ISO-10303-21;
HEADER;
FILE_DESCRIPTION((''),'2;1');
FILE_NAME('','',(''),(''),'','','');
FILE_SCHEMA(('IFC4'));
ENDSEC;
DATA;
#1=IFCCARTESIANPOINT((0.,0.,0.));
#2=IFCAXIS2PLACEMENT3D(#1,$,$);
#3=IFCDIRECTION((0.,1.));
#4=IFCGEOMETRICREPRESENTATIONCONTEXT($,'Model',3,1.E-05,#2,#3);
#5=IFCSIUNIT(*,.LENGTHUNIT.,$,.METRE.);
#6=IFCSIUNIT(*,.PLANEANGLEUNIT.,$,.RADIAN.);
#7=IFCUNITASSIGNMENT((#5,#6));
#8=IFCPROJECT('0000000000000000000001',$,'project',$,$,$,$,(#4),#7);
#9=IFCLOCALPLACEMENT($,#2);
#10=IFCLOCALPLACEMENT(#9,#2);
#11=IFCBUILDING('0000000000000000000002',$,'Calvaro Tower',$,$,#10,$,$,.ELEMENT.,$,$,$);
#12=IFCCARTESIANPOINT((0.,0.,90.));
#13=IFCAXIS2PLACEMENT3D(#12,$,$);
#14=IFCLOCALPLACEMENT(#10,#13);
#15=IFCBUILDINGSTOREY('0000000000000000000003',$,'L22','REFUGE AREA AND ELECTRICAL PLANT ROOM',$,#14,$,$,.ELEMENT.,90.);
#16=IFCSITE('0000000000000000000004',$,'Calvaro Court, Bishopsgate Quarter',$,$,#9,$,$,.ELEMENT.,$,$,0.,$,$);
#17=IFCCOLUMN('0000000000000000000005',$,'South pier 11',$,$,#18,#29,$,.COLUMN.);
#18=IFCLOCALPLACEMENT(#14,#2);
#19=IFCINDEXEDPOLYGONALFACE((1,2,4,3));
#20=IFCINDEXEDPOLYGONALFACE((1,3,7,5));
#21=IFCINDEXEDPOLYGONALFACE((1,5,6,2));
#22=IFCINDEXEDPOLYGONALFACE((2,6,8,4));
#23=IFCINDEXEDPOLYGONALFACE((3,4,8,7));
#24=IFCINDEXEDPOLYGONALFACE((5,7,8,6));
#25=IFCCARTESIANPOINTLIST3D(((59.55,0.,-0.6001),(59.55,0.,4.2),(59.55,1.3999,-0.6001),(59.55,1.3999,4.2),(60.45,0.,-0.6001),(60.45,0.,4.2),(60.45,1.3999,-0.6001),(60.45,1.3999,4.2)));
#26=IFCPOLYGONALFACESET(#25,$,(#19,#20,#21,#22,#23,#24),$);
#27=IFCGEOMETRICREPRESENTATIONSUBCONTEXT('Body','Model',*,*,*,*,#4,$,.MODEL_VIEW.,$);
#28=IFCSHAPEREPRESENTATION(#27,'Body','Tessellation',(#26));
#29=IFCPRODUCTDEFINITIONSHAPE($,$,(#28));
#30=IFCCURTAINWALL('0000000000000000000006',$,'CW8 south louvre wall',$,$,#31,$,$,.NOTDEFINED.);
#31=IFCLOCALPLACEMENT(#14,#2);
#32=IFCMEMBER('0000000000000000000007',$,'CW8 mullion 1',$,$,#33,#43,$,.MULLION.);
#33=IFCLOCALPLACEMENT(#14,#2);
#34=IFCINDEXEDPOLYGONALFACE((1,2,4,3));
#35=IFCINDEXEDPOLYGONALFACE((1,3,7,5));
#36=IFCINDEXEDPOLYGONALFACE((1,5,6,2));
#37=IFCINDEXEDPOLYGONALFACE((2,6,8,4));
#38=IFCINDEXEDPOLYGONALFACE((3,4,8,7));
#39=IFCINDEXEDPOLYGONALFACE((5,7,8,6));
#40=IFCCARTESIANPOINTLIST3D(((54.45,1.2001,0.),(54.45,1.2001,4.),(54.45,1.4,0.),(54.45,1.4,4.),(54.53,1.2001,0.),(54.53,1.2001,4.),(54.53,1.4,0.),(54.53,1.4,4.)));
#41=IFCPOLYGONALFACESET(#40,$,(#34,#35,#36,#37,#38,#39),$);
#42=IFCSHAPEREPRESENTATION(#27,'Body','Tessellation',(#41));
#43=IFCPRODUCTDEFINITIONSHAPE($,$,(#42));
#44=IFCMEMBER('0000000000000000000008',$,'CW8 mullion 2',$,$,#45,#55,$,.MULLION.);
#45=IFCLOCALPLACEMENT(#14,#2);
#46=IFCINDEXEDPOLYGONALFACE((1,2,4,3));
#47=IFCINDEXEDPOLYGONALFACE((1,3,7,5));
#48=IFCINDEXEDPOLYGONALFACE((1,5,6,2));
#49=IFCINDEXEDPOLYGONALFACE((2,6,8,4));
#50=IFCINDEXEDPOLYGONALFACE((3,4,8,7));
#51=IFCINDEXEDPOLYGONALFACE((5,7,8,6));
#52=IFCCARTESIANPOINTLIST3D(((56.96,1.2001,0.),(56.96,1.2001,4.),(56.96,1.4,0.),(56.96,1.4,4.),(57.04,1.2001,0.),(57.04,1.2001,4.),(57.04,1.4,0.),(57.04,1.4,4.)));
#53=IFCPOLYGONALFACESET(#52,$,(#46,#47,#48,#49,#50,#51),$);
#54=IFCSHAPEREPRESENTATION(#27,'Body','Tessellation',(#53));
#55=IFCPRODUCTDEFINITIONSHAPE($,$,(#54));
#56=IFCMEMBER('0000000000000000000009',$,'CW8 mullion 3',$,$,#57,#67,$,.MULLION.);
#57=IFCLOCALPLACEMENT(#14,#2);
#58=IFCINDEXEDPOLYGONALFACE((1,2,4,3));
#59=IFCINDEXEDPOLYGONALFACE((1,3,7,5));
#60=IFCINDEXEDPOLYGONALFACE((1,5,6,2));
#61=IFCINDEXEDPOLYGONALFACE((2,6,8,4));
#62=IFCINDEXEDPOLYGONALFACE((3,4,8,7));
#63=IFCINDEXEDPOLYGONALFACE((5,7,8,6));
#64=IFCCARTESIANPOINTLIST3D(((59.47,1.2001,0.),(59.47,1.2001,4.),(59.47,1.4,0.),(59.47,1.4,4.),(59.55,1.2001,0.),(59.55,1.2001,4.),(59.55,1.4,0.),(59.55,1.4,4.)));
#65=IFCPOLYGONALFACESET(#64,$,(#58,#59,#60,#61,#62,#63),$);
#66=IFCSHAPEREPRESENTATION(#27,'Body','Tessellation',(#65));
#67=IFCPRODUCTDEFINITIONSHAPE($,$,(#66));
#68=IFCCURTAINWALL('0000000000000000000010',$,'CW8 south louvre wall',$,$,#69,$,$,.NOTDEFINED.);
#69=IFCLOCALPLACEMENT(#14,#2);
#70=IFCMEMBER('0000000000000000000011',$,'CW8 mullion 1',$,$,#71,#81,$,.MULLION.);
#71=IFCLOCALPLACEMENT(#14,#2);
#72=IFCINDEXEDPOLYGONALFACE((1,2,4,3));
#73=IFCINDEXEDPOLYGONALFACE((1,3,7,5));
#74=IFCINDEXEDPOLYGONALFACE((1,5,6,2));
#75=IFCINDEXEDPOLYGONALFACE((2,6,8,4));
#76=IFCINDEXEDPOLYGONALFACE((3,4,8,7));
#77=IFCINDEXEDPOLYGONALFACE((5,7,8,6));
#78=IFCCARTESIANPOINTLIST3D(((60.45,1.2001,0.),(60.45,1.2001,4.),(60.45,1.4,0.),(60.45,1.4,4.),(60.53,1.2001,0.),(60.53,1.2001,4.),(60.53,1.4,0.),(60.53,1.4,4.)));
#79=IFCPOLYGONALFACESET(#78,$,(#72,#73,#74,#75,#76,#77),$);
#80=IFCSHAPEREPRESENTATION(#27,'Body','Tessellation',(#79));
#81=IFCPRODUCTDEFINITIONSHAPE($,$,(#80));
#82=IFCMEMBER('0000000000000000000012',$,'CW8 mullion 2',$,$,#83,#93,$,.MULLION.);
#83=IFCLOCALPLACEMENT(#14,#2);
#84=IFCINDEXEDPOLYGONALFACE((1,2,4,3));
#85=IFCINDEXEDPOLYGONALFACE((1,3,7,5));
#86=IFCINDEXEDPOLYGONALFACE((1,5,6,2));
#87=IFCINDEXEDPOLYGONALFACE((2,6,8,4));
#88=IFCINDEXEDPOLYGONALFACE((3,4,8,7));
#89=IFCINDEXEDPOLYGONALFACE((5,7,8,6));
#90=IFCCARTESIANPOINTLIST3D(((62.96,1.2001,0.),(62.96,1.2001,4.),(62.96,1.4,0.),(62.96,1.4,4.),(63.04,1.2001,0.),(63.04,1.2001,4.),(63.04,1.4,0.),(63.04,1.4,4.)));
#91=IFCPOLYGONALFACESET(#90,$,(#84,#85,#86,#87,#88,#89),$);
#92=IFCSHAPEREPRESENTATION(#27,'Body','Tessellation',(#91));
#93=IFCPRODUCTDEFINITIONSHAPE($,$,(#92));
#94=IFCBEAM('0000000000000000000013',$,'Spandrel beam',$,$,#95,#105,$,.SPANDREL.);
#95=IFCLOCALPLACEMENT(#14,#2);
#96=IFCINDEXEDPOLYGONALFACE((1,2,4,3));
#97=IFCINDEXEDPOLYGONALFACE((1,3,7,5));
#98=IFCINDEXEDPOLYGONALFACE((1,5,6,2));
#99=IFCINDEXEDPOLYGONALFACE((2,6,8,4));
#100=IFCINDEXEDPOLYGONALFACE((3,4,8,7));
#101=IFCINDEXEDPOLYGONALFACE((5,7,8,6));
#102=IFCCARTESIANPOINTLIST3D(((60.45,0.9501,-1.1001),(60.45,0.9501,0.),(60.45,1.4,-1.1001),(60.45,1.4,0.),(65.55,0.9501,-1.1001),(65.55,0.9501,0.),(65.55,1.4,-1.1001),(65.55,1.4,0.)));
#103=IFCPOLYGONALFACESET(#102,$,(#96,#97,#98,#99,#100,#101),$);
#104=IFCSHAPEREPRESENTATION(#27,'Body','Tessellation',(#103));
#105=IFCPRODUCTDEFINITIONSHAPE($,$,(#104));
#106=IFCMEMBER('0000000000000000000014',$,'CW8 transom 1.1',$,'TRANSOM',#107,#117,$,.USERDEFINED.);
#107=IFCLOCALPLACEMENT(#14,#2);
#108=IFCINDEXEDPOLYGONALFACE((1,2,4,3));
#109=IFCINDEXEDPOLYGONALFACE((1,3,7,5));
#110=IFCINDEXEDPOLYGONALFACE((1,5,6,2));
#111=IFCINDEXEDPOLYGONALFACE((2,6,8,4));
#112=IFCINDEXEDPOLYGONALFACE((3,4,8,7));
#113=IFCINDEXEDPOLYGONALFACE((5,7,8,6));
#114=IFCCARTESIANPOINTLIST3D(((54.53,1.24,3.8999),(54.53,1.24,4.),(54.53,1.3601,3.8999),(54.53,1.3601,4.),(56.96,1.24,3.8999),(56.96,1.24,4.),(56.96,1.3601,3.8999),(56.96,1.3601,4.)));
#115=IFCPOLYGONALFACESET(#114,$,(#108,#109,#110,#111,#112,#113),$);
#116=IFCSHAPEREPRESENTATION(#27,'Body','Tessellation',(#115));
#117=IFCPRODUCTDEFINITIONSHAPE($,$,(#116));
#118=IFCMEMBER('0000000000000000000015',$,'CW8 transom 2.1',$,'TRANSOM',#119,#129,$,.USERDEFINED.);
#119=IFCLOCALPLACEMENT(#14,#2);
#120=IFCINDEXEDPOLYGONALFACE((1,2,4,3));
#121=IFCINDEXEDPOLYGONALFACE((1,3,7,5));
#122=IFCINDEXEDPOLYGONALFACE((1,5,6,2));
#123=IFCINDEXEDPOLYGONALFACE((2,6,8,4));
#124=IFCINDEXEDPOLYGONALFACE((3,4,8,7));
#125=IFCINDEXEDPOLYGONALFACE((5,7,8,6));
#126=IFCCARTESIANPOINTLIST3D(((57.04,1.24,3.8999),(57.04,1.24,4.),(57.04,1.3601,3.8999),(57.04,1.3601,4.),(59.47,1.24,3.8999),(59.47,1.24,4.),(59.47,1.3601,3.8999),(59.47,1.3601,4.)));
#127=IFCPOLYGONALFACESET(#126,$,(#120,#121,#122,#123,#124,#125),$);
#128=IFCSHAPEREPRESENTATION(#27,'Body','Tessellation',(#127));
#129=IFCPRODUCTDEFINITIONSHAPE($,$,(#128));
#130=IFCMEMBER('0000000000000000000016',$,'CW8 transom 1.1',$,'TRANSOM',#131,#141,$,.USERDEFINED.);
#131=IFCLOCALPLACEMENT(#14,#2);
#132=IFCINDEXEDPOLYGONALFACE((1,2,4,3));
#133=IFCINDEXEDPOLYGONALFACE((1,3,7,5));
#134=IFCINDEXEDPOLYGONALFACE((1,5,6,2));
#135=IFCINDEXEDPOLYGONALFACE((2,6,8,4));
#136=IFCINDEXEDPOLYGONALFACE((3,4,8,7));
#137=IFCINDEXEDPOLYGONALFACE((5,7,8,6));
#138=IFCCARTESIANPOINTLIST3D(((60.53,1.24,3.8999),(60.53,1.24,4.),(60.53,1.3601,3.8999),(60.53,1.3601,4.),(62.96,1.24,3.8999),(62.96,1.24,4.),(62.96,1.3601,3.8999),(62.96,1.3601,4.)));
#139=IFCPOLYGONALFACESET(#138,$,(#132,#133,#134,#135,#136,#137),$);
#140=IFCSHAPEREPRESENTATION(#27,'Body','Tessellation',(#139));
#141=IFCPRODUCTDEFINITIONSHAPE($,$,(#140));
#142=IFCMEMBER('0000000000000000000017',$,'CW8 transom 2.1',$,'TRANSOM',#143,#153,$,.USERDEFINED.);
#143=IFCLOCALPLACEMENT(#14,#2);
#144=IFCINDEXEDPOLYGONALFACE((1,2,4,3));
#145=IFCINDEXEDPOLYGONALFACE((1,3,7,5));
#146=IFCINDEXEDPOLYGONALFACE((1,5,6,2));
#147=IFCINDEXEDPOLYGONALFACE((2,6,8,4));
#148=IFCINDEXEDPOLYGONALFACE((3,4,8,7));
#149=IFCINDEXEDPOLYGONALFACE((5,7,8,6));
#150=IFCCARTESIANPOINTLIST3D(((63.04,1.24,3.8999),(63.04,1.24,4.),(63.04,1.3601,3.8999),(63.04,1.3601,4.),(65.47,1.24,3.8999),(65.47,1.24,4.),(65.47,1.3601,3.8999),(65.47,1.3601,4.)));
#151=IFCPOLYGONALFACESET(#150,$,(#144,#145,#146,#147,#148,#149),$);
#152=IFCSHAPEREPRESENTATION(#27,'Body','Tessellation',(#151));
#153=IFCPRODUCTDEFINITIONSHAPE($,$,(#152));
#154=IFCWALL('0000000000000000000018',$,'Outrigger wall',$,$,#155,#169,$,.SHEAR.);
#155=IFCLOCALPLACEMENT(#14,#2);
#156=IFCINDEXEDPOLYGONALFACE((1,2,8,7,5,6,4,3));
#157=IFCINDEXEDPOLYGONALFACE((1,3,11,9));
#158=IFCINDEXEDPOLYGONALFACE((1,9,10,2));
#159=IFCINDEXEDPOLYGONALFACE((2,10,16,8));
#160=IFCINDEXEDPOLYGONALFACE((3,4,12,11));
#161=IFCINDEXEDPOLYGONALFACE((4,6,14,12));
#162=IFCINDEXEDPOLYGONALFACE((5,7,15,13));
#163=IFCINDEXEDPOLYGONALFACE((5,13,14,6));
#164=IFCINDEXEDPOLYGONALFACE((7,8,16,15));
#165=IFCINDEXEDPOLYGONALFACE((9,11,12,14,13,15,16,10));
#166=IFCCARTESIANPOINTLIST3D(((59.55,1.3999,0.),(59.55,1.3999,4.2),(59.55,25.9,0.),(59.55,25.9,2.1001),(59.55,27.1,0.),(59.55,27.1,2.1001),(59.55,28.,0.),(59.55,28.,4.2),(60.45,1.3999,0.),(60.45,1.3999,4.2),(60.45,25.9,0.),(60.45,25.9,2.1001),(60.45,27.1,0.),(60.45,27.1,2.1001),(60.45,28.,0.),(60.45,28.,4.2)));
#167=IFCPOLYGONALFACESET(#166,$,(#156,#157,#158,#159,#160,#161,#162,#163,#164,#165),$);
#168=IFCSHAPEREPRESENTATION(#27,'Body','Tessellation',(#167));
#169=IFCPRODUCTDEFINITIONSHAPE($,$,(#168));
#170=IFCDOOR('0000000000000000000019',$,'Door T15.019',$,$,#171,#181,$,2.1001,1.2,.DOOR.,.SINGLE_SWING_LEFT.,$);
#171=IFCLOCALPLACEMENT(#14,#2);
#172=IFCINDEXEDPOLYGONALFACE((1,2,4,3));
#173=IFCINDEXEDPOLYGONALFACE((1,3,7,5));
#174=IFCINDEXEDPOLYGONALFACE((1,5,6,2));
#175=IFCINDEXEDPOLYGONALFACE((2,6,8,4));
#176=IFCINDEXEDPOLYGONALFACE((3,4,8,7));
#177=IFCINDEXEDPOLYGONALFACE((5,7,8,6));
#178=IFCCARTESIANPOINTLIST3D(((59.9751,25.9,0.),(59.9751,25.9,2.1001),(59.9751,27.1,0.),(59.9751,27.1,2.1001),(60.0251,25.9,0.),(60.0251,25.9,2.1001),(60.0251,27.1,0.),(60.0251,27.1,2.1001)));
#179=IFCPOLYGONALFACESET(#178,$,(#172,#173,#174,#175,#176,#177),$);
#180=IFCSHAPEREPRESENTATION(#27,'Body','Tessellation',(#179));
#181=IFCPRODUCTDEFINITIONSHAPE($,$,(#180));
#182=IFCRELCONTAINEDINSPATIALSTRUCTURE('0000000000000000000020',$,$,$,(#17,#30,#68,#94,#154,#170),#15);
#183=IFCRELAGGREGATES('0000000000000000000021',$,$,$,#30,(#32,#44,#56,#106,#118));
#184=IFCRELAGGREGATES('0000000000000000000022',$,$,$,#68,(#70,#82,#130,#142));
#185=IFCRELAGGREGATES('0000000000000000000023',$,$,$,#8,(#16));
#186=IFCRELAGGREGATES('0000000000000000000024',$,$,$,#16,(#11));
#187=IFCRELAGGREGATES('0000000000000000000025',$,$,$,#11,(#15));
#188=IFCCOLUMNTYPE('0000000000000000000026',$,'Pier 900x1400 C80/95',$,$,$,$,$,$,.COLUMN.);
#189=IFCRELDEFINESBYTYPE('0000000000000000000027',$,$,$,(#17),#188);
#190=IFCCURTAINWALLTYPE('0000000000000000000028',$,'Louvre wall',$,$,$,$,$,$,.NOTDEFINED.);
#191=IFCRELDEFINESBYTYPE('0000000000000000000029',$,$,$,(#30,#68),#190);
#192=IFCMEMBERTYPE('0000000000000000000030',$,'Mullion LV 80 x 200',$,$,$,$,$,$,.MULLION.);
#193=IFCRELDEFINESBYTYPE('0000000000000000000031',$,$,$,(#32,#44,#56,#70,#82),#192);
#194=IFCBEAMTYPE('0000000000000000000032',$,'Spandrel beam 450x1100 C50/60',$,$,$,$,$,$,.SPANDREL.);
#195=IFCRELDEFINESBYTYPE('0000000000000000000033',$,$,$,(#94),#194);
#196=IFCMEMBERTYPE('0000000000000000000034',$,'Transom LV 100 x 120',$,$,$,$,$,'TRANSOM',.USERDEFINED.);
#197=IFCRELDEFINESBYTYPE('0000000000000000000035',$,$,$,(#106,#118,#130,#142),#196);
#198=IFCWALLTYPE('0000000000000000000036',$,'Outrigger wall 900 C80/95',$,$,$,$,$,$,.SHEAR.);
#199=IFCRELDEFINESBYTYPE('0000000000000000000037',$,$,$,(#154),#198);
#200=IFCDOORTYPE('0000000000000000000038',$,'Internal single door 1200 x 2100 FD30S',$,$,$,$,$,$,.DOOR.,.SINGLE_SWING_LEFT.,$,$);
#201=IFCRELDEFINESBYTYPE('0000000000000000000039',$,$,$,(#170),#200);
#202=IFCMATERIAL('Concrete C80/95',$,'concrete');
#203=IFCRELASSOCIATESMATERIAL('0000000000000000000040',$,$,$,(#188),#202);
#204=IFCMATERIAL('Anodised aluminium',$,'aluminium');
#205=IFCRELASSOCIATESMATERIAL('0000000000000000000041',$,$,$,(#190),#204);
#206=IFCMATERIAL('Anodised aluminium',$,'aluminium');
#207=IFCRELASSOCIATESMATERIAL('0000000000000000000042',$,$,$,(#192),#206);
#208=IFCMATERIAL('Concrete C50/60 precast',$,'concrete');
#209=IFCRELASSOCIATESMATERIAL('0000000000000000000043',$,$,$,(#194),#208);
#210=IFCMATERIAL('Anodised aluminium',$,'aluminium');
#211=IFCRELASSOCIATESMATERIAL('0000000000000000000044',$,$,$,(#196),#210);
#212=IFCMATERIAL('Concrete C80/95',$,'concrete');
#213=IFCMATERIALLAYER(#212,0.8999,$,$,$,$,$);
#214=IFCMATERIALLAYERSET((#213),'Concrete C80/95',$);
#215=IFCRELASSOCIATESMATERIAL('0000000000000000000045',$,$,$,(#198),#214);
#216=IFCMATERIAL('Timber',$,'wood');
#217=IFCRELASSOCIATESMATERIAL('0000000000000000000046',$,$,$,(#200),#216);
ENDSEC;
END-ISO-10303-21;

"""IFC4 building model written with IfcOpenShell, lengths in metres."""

from ifc_helpers import new_model, si_unit, direction, frame, frame_2d, origin, origin_2d, place, context, subcontext, project, spatial, rectangle, extrude, material, layer, layer_set, material_profile, profile_set, type_object, element, fill, aggregate, save


model = new_model("IFC4")

# Units and contexts
model_context = context("Model", 3, precision=1e-05, world=origin(), true_north=direction((0.0, 1.0)))
body_context = subcontext(model_context, "Body", "Model", "MODEL_VIEW")
ifc_project = project(units=[si_unit("LENGTHUNIT", "METRE"), si_unit("PLANEANGLEUNIT", "RADIAN")], contexts=[model_context])

# Site, building, storey
site_placement = place(None, origin())
site = spatial("IfcSite", under=ifc_project, at=site_placement, Name="Calvaro Court, Bishopsgate Quarter", CompositionType="ELEMENT", RefElevation=0.0)
building_placement = place(site_placement, origin())
building = spatial("IfcBuilding", under=site, at=building_placement, Name="Calvaro Tower", CompositionType="ELEMENT")
storey_placement = place(building_placement, frame((0.0, 0.0, 90.0)))
storey = spatial("IfcBuildingStorey", under=building, at=storey_placement, Name="L22", Description="REFUGE AREA AND ELECTRICAL PLANT ROOM", CompositionType="ELEMENT", Elevation=90.0)

# Column
ifc_material_1 = material(Name="Concrete C80/95", Category="concrete")
ifc_material_profile_1 = material_profile(ifc_material_1, rectangle(XDim=0.8999, YDim=1.3999, at=origin_2d()), Name="RC 900x1400")
ifc_profile_set_1 = profile_set([ifc_material_profile_1], Name="Concrete C80/95")
column_type = type_object("IfcColumnType", Name="Pier 900x1400 C80/95", PredefinedType="COLUMN", material=ifc_profile_set_1)
column_placement = place(storey_placement, frame((60.0, 0.7, -0.6001), z_axis=(0.0, 0.0, 1.0), x_axis=(1.0, 0.0, 0.0)))
element("IfcColumn", 1, at=column_placement, inside=storey, type_object=column_type, Name="South pier 11", PredefinedType="COLUMN", context=body_context, shape_type="SweptSolid", body=[
    extrude(rectangle(XDim=0.8999, YDim=1.3999, at=origin_2d()), origin(), (0.0, 0.0, 1.0), 4.8),
])

# Curtain walls, members
ifc_material_2 = material(Name="Anodised aluminium", Category="aluminium")
curtain_wall_type = type_object("IfcCurtainWallType", Name="Louvre wall", PredefinedType="NOTDEFINED", material=ifc_material_2)
curtain_wall_1_placement = place(storey_placement, origin())
curtain_wall_1 = element("IfcCurtainWall", 2, at=curtain_wall_1_placement, inside=storey, type_object=curtain_wall_type, Name="CW8 south louvre wall", PredefinedType="NOTDEFINED")
ifc_material_3 = material(Name="Anodised aluminium", Category="aluminium")
ifc_material_profile_2 = material_profile(ifc_material_3, rectangle(XDim=0.2, YDim=0.0801, at=origin_2d()), Name="Mullion LV 80 x 200")
ifc_profile_set_2 = profile_set([ifc_material_profile_2], Name="Anodised aluminium")
member_type_1 = type_object("IfcMemberType", Name="Mullion LV 80 x 200", PredefinedType="MULLION", material=ifc_profile_set_2)
member_1_placement = place(storey_placement, frame((54.49, 1.3, 0.0), z_axis=(0.0, 0.0, 1.0), x_axis=(0.0, 1.0, 0.0)))
member_1 = element("IfcMember", 3, at=member_1_placement, type_object=member_type_1, Name="CW8 mullion 1", PredefinedType="MULLION", context=body_context, shape_type="SweptSolid", body=[
    extrude(rectangle(XDim=0.2, YDim=0.0801, at=origin_2d()), origin(), (0.0, 0.0, 1.0), 4.0),
])
member_2_placement = place(storey_placement, frame((57.0, 1.3, 0.0), z_axis=(0.0, 0.0, 1.0), x_axis=(0.0, 1.0, 0.0)))
member_2 = element("IfcMember", 4, at=member_2_placement, type_object=member_type_1, Name="CW8 mullion 2", PredefinedType="MULLION", context=body_context, shape_type="SweptSolid", body=[
    extrude(rectangle(XDim=0.2, YDim=0.0801, at=origin_2d()), origin(), (0.0, 0.0, 1.0), 4.0),
])
member_3_placement = place(storey_placement, frame((59.51, 1.3, 0.0), z_axis=(0.0, 0.0, 1.0), x_axis=(0.0, 1.0, 0.0)))
member_3 = element("IfcMember", 5, at=member_3_placement, type_object=member_type_1, Name="CW8 mullion 3", PredefinedType="MULLION", context=body_context, shape_type="SweptSolid", body=[
    extrude(rectangle(XDim=0.2, YDim=0.0801, at=origin_2d()), origin(), (0.0, 0.0, 1.0), 4.0),
])
curtain_wall_2_placement = place(storey_placement, origin())
curtain_wall_2 = element("IfcCurtainWall", 6, at=curtain_wall_2_placement, inside=storey, type_object=curtain_wall_type, Name="CW8 south louvre wall", PredefinedType="NOTDEFINED")
member_4_placement = place(storey_placement, frame((60.49, 1.3, 0.0), z_axis=(0.0, 0.0, 1.0), x_axis=(0.0, 1.0, 0.0)))
member_4 = element("IfcMember", 7, at=member_4_placement, type_object=member_type_1, Name="CW8 mullion 1", PredefinedType="MULLION", context=body_context, shape_type="SweptSolid", body=[
    extrude(rectangle(XDim=0.2, YDim=0.0801, at=origin_2d()), origin(), (0.0, 0.0, 1.0), 4.0),
])
member_5_placement = place(storey_placement, frame((63.0, 1.3, 0.0), z_axis=(0.0, 0.0, 1.0), x_axis=(0.0, 1.0, 0.0)))
member_5 = element("IfcMember", 8, at=member_5_placement, type_object=member_type_1, Name="CW8 mullion 2", PredefinedType="MULLION", context=body_context, shape_type="SweptSolid", body=[
    extrude(rectangle(XDim=0.2, YDim=0.0801, at=origin_2d()), origin(), (0.0, 0.0, 1.0), 4.0),
])

# Beam
ifc_material_4 = material(Name="Concrete C50/60 precast", Category="concrete")
ifc_material_profile_3 = material_profile(ifc_material_4, rectangle(XDim=0.45, YDim=1.1001, at=origin_2d()), Name="RC 450x1100")
ifc_profile_set_3 = profile_set([ifc_material_profile_3], Name="Concrete C50/60 precast")
beam_type = type_object("IfcBeamType", Name="Spandrel beam 450x1100 C50/60", PredefinedType="SPANDREL", material=ifc_profile_set_3)
beam_placement = place(storey_placement, frame((60.45, 1.175, -0.55), z_axis=(1.0, 0.0, 0.0), x_axis=(0.0, 1.0, 0.0)))
element("IfcBeam", 9, at=beam_placement, inside=storey, type_object=beam_type, Name="Spandrel beam", PredefinedType="SPANDREL", context=body_context, shape_type="SweptSolid", body=[
    extrude(rectangle(XDim=0.45, YDim=1.1001, at=origin_2d()), origin(), (0.0, 0.0, 1.0), 5.1001),
])

# Members
ifc_material_5 = material(Name="Anodised aluminium", Category="aluminium")
ifc_material_profile_4 = material_profile(ifc_material_5, rectangle(XDim=0.1201, YDim=0.1001, at=origin_2d()), Name="Transom LV 100 x 120")
ifc_profile_set_4 = profile_set([ifc_material_profile_4], Name="Anodised aluminium")
member_type_2 = type_object("IfcMemberType", Name="Transom LV 100 x 120", ElementType="TRANSOM", PredefinedType="USERDEFINED", material=ifc_profile_set_4)
member_6_placement = place(storey_placement, frame((54.53, 1.3, 3.95), z_axis=(1.0, 0.0, 0.0), x_axis=(0.0, 1.0, 0.0)))
member_6 = element("IfcMember", 10, at=member_6_placement, type_object=member_type_2, Name="CW8 transom 1.1", ObjectType="TRANSOM", PredefinedType="USERDEFINED", context=body_context, shape_type="SweptSolid", body=[
    extrude(rectangle(XDim=0.1201, YDim=0.1001, at=origin_2d()), origin(), (0.0, 0.0, 1.0), 2.4299),
])
member_7_placement = place(storey_placement, frame((57.04, 1.3, 3.95), z_axis=(1.0, 0.0, 0.0), x_axis=(0.0, 1.0, 0.0)))
member_7 = element("IfcMember", 11, at=member_7_placement, type_object=member_type_2, Name="CW8 transom 2.1", ObjectType="TRANSOM", PredefinedType="USERDEFINED", context=body_context, shape_type="SweptSolid", body=[
    extrude(rectangle(XDim=0.1201, YDim=0.1001, at=origin_2d()), origin(), (0.0, 0.0, 1.0), 2.4299),
])
member_8_placement = place(storey_placement, frame((60.53, 1.3, 3.95), z_axis=(1.0, 0.0, 0.0), x_axis=(0.0, 1.0, 0.0)))
member_8 = element("IfcMember", 12, at=member_8_placement, type_object=member_type_2, Name="CW8 transom 1.1", ObjectType="TRANSOM", PredefinedType="USERDEFINED", context=body_context, shape_type="SweptSolid", body=[
    extrude(rectangle(XDim=0.1201, YDim=0.1001, at=origin_2d()), origin(), (0.0, 0.0, 1.0), 2.4299),
])
member_9_placement = place(storey_placement, frame((63.04, 1.3, 3.95), z_axis=(1.0, 0.0, 0.0), x_axis=(0.0, 1.0, 0.0)))
member_9 = element("IfcMember", 13, at=member_9_placement, type_object=member_type_2, Name="CW8 transom 2.1", ObjectType="TRANSOM", PredefinedType="USERDEFINED", context=body_context, shape_type="SweptSolid", body=[
    extrude(rectangle(XDim=0.1201, YDim=0.1001, at=origin_2d()), origin(), (0.0, 0.0, 1.0), 2.4299),
])

# Wall, opening, door
ifc_material_6 = material(Name="Concrete C80/95", Category="concrete")
ifc_layer_1 = layer(ifc_material_6, 0.8999)
ifc_layer_set_1 = layer_set([ifc_layer_1], Name="Concrete C80/95")
wall_type = type_object("IfcWallType", Name="Outrigger wall 900 C80/95", PredefinedType="SHEAR", material=ifc_layer_set_1)
wall_placement = place(storey_placement, frame((60.0, 1.3999, 0.0), z_axis=(0.0, 0.0, 1.0), x_axis=(0.0, 1.0, 0.0)))
wall = element("IfcWall", 14, at=wall_placement, inside=storey, type_object=wall_type, Name="Outrigger wall", PredefinedType="SHEAR", context=body_context, shape_type="SweptSolid", body=[
    extrude(rectangle(XDim=26.6001, YDim=0.8999, at=frame_2d((13.3, 0.0))), origin(), (0.0, 0.0, 1.0), 4.2),
])
opening_placement = place(wall_placement, frame((24.5, 0.0, 0.0)))
opening = element("IfcOpeningElement", 15, at=opening_placement, cuts=wall, PredefinedType="OPENING", context=body_context, shape_type="SweptSolid", body=[
    extrude(rectangle(XDim=1.2, YDim=2.1001, at=frame_2d((0.6001, 1.05))), frame((0.0, 0.46, 0.0), z_axis=(0.0, -1.0, 0.0), x_axis=(1.0, 0.0, 0.0)), (0.0, 0.0, 1.0), 0.9199),
])
ifc_material_7 = material(Name="Timber", Category="wood")
door_type = type_object("IfcDoorType", Name="Internal single door 1200 x 2100 FD30S", OperationType="SINGLE_SWING_LEFT", PredefinedType="DOOR", material=ifc_material_7)
door_placement = place(opening_placement, origin())
door = element("IfcDoor", 16, at=door_placement, inside=storey, type_object=door_type, Name="Door T15.019", OperationType="SINGLE_SWING_LEFT", OverallHeight=2.1001, OverallWidth=1.2, PredefinedType="DOOR", context=body_context, shape_type="SweptSolid", body=[
    extrude(rectangle(XDim=1.2, YDim=2.1001, at=frame_2d((0.6001, 1.05))), frame((0.0, 0.0249, 0.0), z_axis=(0.0, -1.0, 0.0), x_axis=(1.0, 0.0, 0.0)), (0.0, 0.0, 1.0), 0.05),
])
fill(opening, door)

aggregate(curtain_wall_1, [member_1, member_2, member_3, member_6, member_7])
aggregate(curtain_wall_2, [member_4, member_5, member_8, member_9])

save(model, "model.ifc")
